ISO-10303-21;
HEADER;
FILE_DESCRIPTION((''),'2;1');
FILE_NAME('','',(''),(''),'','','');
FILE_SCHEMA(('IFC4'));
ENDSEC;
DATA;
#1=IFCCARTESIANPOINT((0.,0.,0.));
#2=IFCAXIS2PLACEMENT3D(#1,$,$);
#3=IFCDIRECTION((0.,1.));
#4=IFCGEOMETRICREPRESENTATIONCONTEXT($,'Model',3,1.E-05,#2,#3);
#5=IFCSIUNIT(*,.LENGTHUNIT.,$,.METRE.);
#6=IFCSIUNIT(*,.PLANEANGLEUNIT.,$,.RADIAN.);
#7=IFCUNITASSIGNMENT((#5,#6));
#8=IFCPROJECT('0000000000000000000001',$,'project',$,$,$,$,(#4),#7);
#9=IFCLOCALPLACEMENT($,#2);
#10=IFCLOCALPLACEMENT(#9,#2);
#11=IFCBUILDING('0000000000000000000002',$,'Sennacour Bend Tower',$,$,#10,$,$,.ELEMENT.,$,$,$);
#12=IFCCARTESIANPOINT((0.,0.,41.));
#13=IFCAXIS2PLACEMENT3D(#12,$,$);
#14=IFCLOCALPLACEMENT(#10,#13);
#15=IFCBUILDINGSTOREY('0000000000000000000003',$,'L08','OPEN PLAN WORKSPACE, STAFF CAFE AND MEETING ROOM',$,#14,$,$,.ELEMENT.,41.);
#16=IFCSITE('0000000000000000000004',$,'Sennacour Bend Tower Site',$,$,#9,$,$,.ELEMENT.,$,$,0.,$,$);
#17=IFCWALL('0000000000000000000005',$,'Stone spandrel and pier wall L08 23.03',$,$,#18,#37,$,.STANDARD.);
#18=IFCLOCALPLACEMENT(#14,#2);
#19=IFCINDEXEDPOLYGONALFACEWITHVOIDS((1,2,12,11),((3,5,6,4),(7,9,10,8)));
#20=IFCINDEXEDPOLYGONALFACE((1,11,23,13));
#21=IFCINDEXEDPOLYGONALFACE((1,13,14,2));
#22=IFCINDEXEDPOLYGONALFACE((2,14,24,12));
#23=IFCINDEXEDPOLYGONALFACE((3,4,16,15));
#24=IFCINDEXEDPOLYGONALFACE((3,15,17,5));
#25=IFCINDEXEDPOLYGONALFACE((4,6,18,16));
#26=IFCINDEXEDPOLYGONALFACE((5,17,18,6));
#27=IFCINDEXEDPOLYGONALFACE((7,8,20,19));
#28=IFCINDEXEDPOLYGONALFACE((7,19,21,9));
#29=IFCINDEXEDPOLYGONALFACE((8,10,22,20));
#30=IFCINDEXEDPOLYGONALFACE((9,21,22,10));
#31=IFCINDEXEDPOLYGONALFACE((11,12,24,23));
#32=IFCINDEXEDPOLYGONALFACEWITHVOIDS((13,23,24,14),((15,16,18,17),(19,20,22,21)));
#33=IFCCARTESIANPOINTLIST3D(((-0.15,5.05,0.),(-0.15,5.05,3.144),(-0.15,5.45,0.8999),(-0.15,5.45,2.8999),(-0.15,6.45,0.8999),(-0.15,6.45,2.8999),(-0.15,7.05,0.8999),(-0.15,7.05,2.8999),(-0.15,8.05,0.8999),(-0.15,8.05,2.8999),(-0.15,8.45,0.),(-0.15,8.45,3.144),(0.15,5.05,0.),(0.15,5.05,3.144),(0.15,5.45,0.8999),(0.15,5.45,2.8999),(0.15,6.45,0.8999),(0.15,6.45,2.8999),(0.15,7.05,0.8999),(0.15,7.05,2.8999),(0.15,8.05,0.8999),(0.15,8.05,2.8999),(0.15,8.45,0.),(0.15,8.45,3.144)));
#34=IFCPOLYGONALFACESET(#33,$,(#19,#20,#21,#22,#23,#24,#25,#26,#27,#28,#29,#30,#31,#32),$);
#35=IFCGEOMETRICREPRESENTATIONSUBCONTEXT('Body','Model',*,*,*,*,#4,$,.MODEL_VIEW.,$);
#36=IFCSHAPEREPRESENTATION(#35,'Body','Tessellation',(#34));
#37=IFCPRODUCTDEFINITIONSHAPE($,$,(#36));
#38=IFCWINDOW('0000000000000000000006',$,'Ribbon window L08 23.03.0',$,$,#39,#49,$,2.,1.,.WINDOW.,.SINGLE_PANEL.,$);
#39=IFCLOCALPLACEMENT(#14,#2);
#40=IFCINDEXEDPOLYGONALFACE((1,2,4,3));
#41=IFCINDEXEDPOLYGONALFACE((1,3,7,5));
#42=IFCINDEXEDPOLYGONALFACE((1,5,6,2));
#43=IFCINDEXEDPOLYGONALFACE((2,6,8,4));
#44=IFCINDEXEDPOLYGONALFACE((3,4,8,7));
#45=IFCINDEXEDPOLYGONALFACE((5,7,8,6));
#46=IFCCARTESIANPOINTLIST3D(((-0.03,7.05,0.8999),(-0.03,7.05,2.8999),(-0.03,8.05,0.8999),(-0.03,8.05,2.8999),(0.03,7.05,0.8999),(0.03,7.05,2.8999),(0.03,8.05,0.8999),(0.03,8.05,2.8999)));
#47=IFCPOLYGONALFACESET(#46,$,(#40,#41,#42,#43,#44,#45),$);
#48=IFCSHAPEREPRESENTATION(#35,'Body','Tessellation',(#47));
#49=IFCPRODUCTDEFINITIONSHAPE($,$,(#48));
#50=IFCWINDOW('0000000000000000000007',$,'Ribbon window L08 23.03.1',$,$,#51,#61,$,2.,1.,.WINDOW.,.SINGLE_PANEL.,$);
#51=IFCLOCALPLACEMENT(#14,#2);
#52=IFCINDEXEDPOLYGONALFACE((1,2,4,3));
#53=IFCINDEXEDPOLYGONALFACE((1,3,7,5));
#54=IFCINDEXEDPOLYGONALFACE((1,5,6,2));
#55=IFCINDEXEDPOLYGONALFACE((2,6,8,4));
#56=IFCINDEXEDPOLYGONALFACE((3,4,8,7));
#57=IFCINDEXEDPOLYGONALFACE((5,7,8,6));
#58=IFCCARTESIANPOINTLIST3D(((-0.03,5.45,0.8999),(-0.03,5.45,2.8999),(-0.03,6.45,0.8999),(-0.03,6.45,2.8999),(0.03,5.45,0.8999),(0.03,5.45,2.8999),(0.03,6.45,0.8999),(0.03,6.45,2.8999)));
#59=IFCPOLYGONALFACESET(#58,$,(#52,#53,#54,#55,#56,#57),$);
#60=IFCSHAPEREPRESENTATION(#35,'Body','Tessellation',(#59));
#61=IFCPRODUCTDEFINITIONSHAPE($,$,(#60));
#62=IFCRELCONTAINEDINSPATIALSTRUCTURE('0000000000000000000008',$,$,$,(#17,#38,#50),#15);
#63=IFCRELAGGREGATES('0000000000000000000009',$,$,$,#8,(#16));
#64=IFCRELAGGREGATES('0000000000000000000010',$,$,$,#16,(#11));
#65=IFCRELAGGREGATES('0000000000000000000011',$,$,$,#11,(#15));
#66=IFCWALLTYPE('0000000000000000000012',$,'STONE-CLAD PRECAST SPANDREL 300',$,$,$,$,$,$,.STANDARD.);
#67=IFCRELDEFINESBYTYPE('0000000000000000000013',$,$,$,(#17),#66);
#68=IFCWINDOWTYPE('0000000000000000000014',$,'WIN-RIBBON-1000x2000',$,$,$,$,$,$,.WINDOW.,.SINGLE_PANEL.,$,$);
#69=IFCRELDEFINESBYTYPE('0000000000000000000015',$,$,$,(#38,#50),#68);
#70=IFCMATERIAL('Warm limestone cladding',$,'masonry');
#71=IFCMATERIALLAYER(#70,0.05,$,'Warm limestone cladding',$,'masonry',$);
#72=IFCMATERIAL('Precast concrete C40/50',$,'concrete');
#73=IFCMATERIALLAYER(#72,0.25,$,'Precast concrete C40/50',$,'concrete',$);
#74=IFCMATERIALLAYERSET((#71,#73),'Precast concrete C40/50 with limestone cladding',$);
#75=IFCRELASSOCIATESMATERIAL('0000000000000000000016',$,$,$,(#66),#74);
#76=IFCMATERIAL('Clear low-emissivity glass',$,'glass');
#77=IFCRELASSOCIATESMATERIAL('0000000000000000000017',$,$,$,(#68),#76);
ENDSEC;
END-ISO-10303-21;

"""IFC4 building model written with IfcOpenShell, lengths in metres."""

from ifc_helpers import new_model, si_unit, direction, frame, frame_2d, origin, place, context, subcontext, project, spatial, rectangle, extrude, material, layer, layer_set, type_object, element, fill, save


model = new_model("IFC4")

# Units and contexts
model_context = context("Model", 3, precision=1e-05, world=origin(), true_north=direction((0.0, 1.0)))
body_context = subcontext(model_context, "Body", "Model", "MODEL_VIEW")
ifc_project = project(units=[si_unit("LENGTHUNIT", "METRE"), si_unit("PLANEANGLEUNIT", "RADIAN")], contexts=[model_context])

# Site, building, storey
site_placement = place(None, origin())
site = spatial("IfcSite", under=ifc_project, at=site_placement, Name="Sennacour Bend Tower Site", CompositionType="ELEMENT", RefElevation=0.0)
building_placement = place(site_placement, origin())
building = spatial("IfcBuilding", under=site, at=building_placement, Name="Sennacour Bend Tower", CompositionType="ELEMENT")
storey_placement = place(building_placement, frame((0.0, 0.0, 41.0)))
storey = spatial("IfcBuildingStorey", under=building, at=storey_placement, Name="L08", Description="OPEN PLAN WORKSPACE, STAFF CAFE AND MEETING ROOM", CompositionType="ELEMENT", Elevation=41.0)

# Wall, openings, windows
ifc_material_1 = material(Name="Warm limestone cladding", Category="masonry")
ifc_layer_1 = layer(ifc_material_1, 0.05, Name="Warm limestone cladding", Category="masonry")
ifc_material_2 = material(Name="Precast concrete C40/50", Category="concrete")
ifc_layer_2 = layer(ifc_material_2, 0.25, Name="Precast concrete C40/50", Category="concrete")
ifc_layer_set = layer_set([ifc_layer_1, ifc_layer_2], Name="Precast concrete C40/50 with limestone cladding")
wall_type = type_object("IfcWallType", Name="STONE-CLAD PRECAST SPANDREL 300", PredefinedType="STANDARD", material=ifc_layer_set)
ifc_material_3 = material(Name="Clear low-emissivity glass", Category="glass")
window_type = type_object("IfcWindowType", Name="WIN-RIBBON-1000x2000", PartitioningType="SINGLE_PANEL", PredefinedType="WINDOW", material=ifc_material_3)
wall_1_placement = place(storey_placement, frame((0.0, 8.45, 0.0), z_axis=(0.0, 0.0, 1.0), x_axis=(0.0, -1.0, 0.0)))
wall_1 = element("IfcWall", 1, at=wall_1_placement, inside=storey, type_object=wall_type, Name="Stone spandrel and pier wall L08 23.03", PredefinedType="STANDARD", context=body_context, shape_type="SweptSolid", body=[
    extrude(rectangle(XDim=3.3999, YDim=0.3, at=frame_2d((1.7, 0.0))), origin(), (0.0, 0.0, 1.0), 3.144),
])
opening_1_placement = place(wall_1_placement, frame((0.3999, 0.0, 0.8999)))
opening_1 = element("IfcOpeningElement", 2, at=opening_1_placement, cuts=wall_1, PredefinedType="OPENING", context=body_context, shape_type="SweptSolid", body=[
    extrude(rectangle(XDim=1.0, YDim=2.0, at=frame_2d((0.5, 1.0))), frame((0.0, 0.1602, 0.0), z_axis=(0.0, -1.0, 0.0), x_axis=(1.0, 0.0, 0.0)), (0.0, 0.0, 1.0), 0.3201),
])
opening_2_placement = place(wall_1_placement, frame((2.0, 0.0, 0.8999)))
opening_2 = element("IfcOpeningElement", 3, at=opening_2_placement, cuts=wall_1, PredefinedType="OPENING", context=body_context, shape_type="SweptSolid", body=[
    extrude(rectangle(XDim=1.0, YDim=2.0, at=frame_2d((0.5, 1.0))), frame((0.0, 0.1602, 0.0), z_axis=(0.0, -1.0, 0.0), x_axis=(1.0, 0.0, 0.0)), (0.0, 0.0, 1.0), 0.3201),
])
window_1_placement = place(opening_1_placement, origin())
window_1 = element("IfcWindow", 4, at=window_1_placement, inside=storey, type_object=window_type, Name="Ribbon window L08 23.03.0", OverallHeight=2.0, OverallWidth=1.0, PartitioningType="SINGLE_PANEL", PredefinedType="WINDOW", context=body_context, shape_type="SweptSolid", body=[
    extrude(rectangle(XDim=1.0, YDim=2.0, at=frame_2d((0.5, 1.0))), frame((0.0, 0.03, 0.0), z_axis=(0.0, -1.0, 0.0), x_axis=(1.0, 0.0, 0.0)), (0.0, 0.0, 1.0), 0.0601),
])
fill(opening_1, window_1)
window_2_placement = place(opening_2_placement, origin())
window_2 = element("IfcWindow", 5, at=window_2_placement, inside=storey, type_object=window_type, Name="Ribbon window L08 23.03.1", OverallHeight=2.0, OverallWidth=1.0, PartitioningType="SINGLE_PANEL", PredefinedType="WINDOW", context=body_context, shape_type="SweptSolid", body=[
    extrude(rectangle(XDim=1.0, YDim=2.0, at=frame_2d((0.5, 1.0))), frame((0.0, 0.03, 0.0), z_axis=(0.0, -1.0, 0.0), x_axis=(1.0, 0.0, 0.0)), (0.0, 0.0, 1.0), 0.0601),
])
fill(opening_2, window_2)

save(model, "model.ifc")
